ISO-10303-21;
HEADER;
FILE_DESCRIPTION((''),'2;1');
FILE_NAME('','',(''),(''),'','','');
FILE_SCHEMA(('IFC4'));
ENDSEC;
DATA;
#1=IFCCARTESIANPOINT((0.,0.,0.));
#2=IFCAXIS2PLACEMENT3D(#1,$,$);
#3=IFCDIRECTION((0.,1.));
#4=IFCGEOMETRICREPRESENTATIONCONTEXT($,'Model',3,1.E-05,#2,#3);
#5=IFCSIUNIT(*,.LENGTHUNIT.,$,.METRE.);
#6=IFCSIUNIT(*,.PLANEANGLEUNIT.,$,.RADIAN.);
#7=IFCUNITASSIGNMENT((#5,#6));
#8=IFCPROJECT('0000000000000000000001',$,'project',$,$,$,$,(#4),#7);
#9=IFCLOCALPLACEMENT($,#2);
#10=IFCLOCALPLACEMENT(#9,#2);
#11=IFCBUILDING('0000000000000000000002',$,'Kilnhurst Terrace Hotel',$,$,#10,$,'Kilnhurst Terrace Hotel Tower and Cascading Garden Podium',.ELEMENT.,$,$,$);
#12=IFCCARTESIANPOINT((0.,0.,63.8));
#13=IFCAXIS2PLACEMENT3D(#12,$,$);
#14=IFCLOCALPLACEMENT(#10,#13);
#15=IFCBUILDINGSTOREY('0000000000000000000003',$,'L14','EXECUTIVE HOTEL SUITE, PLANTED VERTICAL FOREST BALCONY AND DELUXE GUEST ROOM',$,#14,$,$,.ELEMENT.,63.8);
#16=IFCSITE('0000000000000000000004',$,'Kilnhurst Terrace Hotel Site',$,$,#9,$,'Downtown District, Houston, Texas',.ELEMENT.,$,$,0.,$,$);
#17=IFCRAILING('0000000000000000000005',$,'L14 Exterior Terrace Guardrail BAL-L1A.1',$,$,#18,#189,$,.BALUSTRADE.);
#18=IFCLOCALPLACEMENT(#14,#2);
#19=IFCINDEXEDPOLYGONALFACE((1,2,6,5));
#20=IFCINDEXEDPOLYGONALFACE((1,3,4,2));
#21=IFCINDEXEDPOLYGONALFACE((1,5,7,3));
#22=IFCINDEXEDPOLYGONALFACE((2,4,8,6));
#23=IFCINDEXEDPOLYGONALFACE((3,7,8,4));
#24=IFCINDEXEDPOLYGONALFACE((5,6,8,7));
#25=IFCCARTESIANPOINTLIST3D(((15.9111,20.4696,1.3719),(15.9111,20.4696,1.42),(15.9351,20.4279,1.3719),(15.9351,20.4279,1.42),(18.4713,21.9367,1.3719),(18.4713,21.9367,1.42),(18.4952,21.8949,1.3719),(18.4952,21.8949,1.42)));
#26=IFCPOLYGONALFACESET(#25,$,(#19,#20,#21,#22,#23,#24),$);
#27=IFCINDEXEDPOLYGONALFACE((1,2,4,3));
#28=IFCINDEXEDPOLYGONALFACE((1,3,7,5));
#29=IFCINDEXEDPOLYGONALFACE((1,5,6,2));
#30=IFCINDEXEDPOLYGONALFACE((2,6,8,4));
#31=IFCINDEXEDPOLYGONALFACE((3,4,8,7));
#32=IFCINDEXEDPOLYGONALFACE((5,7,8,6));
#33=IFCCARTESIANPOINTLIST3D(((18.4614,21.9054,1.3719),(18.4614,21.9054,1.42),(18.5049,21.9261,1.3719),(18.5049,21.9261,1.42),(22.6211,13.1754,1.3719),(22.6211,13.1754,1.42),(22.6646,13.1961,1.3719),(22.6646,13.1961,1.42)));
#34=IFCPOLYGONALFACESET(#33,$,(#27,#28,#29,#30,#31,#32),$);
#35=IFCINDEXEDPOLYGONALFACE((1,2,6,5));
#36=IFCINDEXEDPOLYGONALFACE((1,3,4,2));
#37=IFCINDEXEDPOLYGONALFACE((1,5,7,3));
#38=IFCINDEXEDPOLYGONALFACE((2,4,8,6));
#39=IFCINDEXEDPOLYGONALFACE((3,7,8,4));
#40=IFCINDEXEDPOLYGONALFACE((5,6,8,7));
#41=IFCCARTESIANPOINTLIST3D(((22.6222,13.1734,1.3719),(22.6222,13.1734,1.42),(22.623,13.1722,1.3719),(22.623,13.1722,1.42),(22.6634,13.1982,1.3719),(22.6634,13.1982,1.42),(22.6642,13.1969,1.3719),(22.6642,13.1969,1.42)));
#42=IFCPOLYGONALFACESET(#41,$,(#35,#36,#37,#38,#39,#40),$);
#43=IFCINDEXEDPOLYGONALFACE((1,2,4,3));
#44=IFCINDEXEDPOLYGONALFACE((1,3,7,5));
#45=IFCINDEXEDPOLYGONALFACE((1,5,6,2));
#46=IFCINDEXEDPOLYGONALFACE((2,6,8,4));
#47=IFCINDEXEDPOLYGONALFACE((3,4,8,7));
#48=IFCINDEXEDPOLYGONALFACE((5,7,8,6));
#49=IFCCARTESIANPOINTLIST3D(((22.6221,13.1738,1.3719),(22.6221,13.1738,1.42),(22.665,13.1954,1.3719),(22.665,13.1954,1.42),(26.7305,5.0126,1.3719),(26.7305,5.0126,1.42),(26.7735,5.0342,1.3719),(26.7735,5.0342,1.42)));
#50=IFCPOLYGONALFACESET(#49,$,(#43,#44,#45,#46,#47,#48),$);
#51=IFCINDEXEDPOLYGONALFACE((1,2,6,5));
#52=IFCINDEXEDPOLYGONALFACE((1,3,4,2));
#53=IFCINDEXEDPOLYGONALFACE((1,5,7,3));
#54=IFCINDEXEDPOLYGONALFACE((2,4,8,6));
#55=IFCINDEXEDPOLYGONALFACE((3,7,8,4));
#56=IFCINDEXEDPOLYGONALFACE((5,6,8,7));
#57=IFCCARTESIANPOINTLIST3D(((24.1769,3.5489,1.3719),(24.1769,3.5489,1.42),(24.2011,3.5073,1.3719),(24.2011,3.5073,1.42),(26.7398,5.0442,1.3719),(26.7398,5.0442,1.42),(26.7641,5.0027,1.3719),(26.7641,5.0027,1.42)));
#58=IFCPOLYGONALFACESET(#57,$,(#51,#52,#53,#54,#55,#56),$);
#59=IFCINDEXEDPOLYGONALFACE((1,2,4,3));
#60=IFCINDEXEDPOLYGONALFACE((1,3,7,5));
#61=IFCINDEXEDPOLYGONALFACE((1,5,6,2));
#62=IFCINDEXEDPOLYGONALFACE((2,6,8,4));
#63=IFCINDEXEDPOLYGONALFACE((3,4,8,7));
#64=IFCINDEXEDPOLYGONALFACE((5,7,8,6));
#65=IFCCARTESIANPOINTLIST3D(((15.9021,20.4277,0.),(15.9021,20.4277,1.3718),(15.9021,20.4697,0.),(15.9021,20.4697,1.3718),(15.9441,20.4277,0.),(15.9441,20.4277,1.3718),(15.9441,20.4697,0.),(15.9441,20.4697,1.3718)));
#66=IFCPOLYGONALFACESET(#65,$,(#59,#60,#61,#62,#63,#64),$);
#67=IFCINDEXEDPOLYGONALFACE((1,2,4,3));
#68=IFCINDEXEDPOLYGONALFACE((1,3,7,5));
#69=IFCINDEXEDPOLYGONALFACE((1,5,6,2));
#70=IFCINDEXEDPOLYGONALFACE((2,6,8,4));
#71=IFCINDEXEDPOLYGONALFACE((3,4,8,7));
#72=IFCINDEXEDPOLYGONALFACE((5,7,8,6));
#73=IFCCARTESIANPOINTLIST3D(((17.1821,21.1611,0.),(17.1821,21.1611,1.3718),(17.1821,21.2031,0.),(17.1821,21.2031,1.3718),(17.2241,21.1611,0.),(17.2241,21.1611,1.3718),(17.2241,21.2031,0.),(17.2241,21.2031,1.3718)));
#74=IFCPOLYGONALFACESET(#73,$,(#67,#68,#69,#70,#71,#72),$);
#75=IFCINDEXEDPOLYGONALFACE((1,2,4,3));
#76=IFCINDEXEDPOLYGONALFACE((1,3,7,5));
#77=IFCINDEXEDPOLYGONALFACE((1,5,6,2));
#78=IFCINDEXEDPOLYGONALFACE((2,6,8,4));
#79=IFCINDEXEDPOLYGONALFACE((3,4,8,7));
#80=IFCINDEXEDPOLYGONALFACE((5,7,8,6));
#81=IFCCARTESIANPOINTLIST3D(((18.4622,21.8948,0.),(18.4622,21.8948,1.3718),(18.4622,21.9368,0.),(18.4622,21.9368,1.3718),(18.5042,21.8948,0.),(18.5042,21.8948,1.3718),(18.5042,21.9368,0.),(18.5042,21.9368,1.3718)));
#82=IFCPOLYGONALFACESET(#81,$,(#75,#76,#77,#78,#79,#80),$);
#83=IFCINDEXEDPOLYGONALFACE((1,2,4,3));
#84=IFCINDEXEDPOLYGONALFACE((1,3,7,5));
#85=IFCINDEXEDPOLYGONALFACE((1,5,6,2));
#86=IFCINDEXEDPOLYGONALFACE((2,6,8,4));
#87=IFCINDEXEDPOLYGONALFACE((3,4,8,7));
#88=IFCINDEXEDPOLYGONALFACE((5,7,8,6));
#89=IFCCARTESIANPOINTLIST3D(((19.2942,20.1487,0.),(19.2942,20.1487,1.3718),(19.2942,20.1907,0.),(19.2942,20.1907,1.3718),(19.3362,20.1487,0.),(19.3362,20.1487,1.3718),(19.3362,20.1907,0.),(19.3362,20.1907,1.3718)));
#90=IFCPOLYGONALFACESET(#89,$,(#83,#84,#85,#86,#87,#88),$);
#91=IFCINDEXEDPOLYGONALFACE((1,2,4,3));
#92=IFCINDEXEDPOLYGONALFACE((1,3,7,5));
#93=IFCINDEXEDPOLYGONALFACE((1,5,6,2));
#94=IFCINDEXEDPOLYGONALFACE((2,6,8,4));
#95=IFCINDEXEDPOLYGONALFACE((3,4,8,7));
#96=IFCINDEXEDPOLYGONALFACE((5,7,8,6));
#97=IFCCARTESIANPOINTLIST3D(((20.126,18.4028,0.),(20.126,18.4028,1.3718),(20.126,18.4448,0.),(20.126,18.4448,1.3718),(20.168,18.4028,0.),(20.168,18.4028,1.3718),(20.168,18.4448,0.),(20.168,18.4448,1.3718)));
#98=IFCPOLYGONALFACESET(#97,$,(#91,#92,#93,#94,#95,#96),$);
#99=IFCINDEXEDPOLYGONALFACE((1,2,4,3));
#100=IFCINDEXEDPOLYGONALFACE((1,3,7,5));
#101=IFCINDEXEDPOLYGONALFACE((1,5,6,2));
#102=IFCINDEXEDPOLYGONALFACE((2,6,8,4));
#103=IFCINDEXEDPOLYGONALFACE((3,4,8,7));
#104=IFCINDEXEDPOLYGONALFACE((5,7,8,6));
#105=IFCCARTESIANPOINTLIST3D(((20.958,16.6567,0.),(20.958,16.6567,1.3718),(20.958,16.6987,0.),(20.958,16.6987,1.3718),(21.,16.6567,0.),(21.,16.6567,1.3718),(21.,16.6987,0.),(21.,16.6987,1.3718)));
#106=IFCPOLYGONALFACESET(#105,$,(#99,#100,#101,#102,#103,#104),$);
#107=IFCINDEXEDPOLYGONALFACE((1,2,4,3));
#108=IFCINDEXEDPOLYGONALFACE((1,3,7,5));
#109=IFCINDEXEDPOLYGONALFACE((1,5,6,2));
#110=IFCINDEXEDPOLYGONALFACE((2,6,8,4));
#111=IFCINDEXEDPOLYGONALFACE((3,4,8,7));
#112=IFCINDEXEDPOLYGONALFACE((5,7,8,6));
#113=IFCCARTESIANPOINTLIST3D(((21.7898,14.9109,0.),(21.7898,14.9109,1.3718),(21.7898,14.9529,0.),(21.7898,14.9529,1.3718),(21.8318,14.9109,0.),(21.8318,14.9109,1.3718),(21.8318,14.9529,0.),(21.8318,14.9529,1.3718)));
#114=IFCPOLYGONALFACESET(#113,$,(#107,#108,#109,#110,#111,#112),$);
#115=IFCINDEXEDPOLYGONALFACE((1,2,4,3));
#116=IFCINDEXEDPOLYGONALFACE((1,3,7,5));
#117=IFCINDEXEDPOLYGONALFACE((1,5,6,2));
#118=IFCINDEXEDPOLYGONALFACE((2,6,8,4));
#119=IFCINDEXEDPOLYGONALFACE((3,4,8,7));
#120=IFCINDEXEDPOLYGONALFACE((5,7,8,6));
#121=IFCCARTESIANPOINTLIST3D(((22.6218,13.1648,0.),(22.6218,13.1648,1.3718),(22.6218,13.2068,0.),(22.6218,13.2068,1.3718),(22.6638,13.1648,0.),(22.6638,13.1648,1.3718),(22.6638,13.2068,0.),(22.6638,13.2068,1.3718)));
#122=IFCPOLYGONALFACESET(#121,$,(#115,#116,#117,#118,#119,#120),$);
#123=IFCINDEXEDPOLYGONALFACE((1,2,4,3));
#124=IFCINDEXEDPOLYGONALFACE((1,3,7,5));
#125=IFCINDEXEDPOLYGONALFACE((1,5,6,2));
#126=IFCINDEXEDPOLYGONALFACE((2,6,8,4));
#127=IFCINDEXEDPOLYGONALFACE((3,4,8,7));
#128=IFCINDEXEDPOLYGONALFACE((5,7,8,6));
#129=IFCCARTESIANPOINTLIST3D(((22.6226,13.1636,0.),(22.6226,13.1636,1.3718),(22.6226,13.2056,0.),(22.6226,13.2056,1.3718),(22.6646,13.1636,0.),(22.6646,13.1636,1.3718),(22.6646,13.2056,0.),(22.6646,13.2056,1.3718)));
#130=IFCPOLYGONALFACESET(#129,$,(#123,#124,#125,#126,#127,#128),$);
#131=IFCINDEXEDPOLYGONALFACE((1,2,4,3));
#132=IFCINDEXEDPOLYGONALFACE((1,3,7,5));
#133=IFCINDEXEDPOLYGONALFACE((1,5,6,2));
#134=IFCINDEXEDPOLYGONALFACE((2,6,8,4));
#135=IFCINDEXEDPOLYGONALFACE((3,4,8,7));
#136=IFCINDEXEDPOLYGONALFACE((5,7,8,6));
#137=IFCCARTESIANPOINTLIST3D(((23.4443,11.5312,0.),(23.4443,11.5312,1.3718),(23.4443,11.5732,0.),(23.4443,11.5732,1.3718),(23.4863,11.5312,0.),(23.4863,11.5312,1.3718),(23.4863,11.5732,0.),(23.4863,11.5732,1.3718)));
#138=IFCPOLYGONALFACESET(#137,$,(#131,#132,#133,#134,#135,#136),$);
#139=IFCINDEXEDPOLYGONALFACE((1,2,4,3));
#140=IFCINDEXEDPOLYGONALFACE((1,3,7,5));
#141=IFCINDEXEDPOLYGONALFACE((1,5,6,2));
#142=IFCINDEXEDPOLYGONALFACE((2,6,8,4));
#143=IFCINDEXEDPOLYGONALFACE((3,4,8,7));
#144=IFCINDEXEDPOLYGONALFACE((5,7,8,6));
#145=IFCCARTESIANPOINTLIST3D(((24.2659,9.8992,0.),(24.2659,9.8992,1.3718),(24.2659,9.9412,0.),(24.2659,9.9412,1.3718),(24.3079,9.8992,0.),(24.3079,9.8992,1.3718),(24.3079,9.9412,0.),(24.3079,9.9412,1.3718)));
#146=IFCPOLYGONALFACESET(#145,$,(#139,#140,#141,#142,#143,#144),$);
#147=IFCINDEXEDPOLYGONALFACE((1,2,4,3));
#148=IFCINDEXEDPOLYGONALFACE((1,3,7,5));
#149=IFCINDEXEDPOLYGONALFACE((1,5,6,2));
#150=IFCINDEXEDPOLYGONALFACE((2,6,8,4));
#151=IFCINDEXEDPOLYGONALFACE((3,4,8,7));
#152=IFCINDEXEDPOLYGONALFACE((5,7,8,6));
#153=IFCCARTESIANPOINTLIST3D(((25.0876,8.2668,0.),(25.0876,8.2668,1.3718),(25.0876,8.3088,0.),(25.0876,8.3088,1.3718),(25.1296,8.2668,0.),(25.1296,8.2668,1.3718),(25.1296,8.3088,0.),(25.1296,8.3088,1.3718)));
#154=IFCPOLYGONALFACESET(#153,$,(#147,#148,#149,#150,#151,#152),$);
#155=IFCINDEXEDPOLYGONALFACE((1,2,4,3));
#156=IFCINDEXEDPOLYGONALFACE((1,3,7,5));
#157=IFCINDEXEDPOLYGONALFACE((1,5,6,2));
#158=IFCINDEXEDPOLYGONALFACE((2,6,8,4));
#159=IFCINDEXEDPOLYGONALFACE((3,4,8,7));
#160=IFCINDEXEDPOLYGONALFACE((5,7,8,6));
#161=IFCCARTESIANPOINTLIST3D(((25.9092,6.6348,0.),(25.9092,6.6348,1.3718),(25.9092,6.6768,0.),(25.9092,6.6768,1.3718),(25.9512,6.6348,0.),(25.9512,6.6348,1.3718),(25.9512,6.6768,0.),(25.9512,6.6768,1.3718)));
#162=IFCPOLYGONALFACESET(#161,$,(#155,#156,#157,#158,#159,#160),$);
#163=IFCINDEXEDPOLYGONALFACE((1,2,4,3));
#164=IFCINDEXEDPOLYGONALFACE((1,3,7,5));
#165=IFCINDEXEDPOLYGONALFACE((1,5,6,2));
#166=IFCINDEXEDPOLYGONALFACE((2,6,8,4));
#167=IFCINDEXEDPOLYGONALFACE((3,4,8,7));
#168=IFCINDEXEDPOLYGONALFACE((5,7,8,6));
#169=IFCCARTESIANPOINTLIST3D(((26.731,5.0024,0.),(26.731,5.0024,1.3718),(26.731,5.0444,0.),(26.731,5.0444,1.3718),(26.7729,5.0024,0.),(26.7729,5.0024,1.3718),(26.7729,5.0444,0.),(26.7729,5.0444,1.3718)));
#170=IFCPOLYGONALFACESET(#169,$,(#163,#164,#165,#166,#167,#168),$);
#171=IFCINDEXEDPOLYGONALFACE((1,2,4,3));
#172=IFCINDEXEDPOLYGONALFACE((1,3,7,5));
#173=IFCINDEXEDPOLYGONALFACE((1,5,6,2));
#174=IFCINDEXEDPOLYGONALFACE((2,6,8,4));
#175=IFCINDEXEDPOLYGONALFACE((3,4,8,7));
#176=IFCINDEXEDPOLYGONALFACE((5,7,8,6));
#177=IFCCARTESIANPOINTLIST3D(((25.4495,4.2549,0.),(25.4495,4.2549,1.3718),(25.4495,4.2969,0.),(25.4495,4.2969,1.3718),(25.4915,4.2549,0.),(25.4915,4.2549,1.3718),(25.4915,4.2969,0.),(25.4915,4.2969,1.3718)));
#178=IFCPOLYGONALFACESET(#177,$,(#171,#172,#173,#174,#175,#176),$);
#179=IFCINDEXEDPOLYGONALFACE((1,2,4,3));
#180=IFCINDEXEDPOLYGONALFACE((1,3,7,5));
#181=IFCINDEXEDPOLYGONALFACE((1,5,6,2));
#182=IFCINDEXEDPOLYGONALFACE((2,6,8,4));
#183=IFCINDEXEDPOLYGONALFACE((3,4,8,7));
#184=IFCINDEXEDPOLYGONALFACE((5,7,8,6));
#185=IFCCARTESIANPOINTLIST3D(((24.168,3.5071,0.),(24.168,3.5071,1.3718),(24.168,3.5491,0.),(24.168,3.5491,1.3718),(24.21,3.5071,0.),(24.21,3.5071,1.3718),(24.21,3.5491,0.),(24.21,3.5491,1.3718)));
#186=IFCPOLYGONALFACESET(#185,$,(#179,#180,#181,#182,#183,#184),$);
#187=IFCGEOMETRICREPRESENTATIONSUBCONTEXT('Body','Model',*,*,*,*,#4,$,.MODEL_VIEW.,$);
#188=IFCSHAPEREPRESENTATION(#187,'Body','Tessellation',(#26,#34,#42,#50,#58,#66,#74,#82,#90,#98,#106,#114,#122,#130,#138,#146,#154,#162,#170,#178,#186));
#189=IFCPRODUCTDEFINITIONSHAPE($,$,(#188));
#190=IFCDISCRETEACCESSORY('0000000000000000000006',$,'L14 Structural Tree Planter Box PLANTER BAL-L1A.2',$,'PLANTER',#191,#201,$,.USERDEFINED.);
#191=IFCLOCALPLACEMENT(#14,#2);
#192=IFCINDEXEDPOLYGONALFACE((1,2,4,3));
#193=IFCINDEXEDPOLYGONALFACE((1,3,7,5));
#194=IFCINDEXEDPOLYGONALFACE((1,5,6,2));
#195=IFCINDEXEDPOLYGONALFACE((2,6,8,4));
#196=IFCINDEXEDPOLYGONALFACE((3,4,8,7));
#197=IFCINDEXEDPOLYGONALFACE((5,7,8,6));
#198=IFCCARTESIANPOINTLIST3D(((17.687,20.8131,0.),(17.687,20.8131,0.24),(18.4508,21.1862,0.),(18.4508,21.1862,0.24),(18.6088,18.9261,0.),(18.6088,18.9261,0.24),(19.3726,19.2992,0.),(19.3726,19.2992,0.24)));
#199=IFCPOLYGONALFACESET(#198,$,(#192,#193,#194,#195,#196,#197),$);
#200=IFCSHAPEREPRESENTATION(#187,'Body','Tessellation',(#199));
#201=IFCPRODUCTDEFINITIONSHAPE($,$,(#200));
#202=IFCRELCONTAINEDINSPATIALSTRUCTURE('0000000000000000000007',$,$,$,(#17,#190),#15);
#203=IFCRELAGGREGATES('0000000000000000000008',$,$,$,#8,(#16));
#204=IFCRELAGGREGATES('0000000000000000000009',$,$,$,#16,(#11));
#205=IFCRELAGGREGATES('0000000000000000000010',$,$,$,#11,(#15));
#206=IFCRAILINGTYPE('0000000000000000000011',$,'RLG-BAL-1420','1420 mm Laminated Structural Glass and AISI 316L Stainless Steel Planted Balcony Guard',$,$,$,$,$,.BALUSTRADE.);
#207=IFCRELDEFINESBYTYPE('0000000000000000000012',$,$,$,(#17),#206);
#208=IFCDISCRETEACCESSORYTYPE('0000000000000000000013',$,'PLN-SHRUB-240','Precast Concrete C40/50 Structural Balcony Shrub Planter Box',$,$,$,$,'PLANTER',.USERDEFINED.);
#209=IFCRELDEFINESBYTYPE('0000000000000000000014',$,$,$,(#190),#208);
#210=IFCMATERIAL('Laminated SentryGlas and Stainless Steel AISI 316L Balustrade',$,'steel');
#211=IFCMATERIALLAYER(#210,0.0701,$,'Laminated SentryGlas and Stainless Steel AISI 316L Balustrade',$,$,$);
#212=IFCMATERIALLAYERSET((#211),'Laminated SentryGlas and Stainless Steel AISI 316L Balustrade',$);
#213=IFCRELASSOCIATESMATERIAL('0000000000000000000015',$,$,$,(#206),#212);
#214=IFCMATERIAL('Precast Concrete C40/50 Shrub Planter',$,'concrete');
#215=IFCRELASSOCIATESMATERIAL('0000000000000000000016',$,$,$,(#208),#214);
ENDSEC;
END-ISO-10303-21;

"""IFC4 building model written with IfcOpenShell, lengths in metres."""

from ifc_helpers import new_model, si_unit, direction, frame, origin, origin_2d, place, context, subcontext, project, spatial, rectangle, extrude, material, layer, layer_set, type_object, element, save


model = new_model("IFC4")

# Units and contexts
model_context = context("Model", 3, precision=1e-05, world=origin(), true_north=direction((0.0, 1.0)))
body_context = subcontext(model_context, "Body", "Model", "MODEL_VIEW")
ifc_project = project(units=[si_unit("LENGTHUNIT", "METRE"), si_unit("PLANEANGLEUNIT", "RADIAN")], contexts=[model_context])

# Site, building, storey
site_placement = place(None, origin())
site = spatial("IfcSite", under=ifc_project, at=site_placement, Name="Kilnhurst Terrace Hotel Site", LongName="Downtown District, Houston, Texas", CompositionType="ELEMENT", RefElevation=0.0)
building_placement = place(site_placement, origin())
building = spatial("IfcBuilding", under=site, at=building_placement, Name="Kilnhurst Terrace Hotel", LongName="Kilnhurst Terrace Hotel Tower and Cascading Garden Podium", CompositionType="ELEMENT")
storey_placement = place(building_placement, frame((0.0, 0.0, 63.8)))
storey = spatial("IfcBuildingStorey", under=building, at=storey_placement, Name="L14", Description="EXECUTIVE HOTEL SUITE, PLANTED VERTICAL FOREST BALCONY AND DELUXE GUEST ROOM", CompositionType="ELEMENT", Elevation=63.8)

# Railing
ifc_material_1 = material(Name="Laminated SentryGlas and Stainless Steel AISI 316L Balustrade", Category="steel")
ifc_layer_1 = layer(ifc_material_1, 0.0701, Name="Laminated SentryGlas and Stainless Steel AISI 316L Balustrade")
ifc_layer_set_1 = layer_set([ifc_layer_1], Name="Laminated SentryGlas and Stainless Steel AISI 316L Balustrade")
railing_type = type_object("IfcRailingType", Name="RLG-BAL-1420", Description="1420 mm Laminated Structural Glass and AISI 316L Stainless Steel Planted Balcony Guard", PredefinedType="BALUSTRADE", material=ifc_layer_set_1)
railing_placement = place(storey_placement, frame((15.9231, 20.4487, 0.0)))
element("IfcRailing", 1, at=railing_placement, inside=storey, type_object=railing_type, Name="L14 Exterior Terrace Guardrail BAL-L1A.1", PredefinedType="BALUSTRADE", context=body_context, shape_type="SweptSolid", body=[
    extrude(rectangle(XDim=0.0481, YDim=0.0481, at=origin_2d()), frame((0.0, 0.0, 1.396), z_axis=(0.867637, 0.497199, 0.0), x_axis=(-0.497199, 0.867637, 0.0)), (0.0, 0.0, 1.0), 2.9507),
    extrude(rectangle(XDim=0.0481, YDim=0.0481, at=origin_2d()), frame((2.5601, 1.467, 1.396), z_axis=(0.430147, -0.902759, 0.0), x_axis=(0.902759, 0.430147, 0.0)), (0.0, 0.0, 1.0), 9.6704),
    extrude(rectangle(XDim=0.0481, YDim=0.0481, at=origin_2d()), frame((6.7197, -7.2629, 1.396), z_axis=(0.514496, -0.857493, 0.0), x_axis=(0.857493, 0.514496, 0.0)), (0.0, 0.0, 1.0), 0.0015),
    extrude(rectangle(XDim=0.0481, YDim=0.0481, at=origin_2d()), frame((6.7205, -7.2642, 1.396), z_axis=(0.449649, -0.893205, 0.0), x_axis=(0.893205, 0.449649, 0.0)), (0.0, 0.0, 1.0), 9.137),
    extrude(rectangle(XDim=0.0481, YDim=0.0481, at=origin_2d()), frame((10.8289, -15.4253, 1.396), z_axis=(-0.863737, -0.503943, 0.0), x_axis=(0.503943, -0.863737, 0.0)), (0.0, 0.0, 1.0), 2.9673),
    extrude(rectangle(XDim=0.042, YDim=0.042, at=origin_2d()), origin(), (0.0, 0.0, 1.0), 1.3718),
    extrude(rectangle(XDim=0.042, YDim=0.042, at=origin_2d()), frame((1.28, 0.7334, 0.0)), (0.0, 0.0, 1.0), 1.3718),
    extrude(rectangle(XDim=0.042, YDim=0.042, at=origin_2d()), frame((2.5601, 1.467, 0.0)), (0.0, 0.0, 1.0), 1.3718),
    extrude(rectangle(XDim=0.042, YDim=0.042, at=origin_2d()), frame((3.3921, -0.2791, 0.0)), (0.0, 0.0, 1.0), 1.3718),
    extrude(rectangle(XDim=0.042, YDim=0.042, at=origin_2d()), frame((4.2239, -2.0249, 0.0)), (0.0, 0.0, 1.0), 1.3718),
    extrude(rectangle(XDim=0.042, YDim=0.042, at=origin_2d()), frame((5.0559, -3.771, 0.0)), (0.0, 0.0, 1.0), 1.3718),
    extrude(rectangle(XDim=0.042, YDim=0.042, at=origin_2d()), frame((5.8877, -5.5168, 0.0)), (0.0, 0.0, 1.0), 1.3718),
    extrude(rectangle(XDim=0.042, YDim=0.042, at=origin_2d()), frame((6.7197, -7.2629, 0.0)), (0.0, 0.0, 1.0), 1.3718),
    extrude(rectangle(XDim=0.042, YDim=0.042, at=origin_2d()), frame((6.7205, -7.2642, 0.0)), (0.0, 0.0, 1.0), 1.3718),
    extrude(rectangle(XDim=0.042, YDim=0.042, at=origin_2d()), frame((7.5422, -8.8965, 0.0)), (0.0, 0.0, 1.0), 1.3718),
    extrude(rectangle(XDim=0.042, YDim=0.042, at=origin_2d()), frame((8.3638, -10.5286, 0.0)), (0.0, 0.0, 1.0), 1.3718),
    extrude(rectangle(XDim=0.042, YDim=0.042, at=origin_2d()), frame((9.1855, -12.1609, 0.0)), (0.0, 0.0, 1.0), 1.3718),
    extrude(rectangle(XDim=0.042, YDim=0.042, at=origin_2d()), frame((10.0071, -13.793, 0.0)), (0.0, 0.0, 1.0), 1.3718),
    extrude(rectangle(XDim=0.042, YDim=0.042, at=origin_2d()), frame((10.8289, -15.4253, 0.0)), (0.0, 0.0, 1.0), 1.3718),
    extrude(rectangle(XDim=0.042, YDim=0.042, at=origin_2d()), frame((9.5474, -16.1729, 0.0)), (0.0, 0.0, 1.0), 1.3718),
    extrude(rectangle(XDim=0.042, YDim=0.042, at=origin_2d()), frame((8.2659, -16.9207, 0.0)), (0.0, 0.0, 1.0), 1.3718),
])

# Discrete accessory
ifc_material_2 = material(Name="Precast Concrete C40/50 Shrub Planter", Category="concrete")
discrete_accessory_type = type_object("IfcDiscreteAccessoryType", Name="PLN-SHRUB-240", Description="Precast Concrete C40/50 Structural Balcony Shrub Planter Box", ElementType="PLANTER", PredefinedType="USERDEFINED", material=ifc_material_2)
discrete_accessory_placement = place(storey_placement, frame((18.5298, 20.0562, 0.0), z_axis=(0.0, 0.0, 1.0), x_axis=(-0.438936, 0.898518, 0.0)))
element("IfcDiscreteAccessory", 2, at=discrete_accessory_placement, inside=storey, type_object=discrete_accessory_type, Name="L14 Structural Tree Planter Box PLANTER BAL-L1A.2", ObjectType="PLANTER", PredefinedType="USERDEFINED", context=body_context, shape_type="SweptSolid", body=[
    extrude(rectangle(XDim=2.1001, YDim=0.8501, at=origin_2d()), origin(), (0.0, 0.0, 1.0), 0.24),
])

save(model, "model.ifc")
